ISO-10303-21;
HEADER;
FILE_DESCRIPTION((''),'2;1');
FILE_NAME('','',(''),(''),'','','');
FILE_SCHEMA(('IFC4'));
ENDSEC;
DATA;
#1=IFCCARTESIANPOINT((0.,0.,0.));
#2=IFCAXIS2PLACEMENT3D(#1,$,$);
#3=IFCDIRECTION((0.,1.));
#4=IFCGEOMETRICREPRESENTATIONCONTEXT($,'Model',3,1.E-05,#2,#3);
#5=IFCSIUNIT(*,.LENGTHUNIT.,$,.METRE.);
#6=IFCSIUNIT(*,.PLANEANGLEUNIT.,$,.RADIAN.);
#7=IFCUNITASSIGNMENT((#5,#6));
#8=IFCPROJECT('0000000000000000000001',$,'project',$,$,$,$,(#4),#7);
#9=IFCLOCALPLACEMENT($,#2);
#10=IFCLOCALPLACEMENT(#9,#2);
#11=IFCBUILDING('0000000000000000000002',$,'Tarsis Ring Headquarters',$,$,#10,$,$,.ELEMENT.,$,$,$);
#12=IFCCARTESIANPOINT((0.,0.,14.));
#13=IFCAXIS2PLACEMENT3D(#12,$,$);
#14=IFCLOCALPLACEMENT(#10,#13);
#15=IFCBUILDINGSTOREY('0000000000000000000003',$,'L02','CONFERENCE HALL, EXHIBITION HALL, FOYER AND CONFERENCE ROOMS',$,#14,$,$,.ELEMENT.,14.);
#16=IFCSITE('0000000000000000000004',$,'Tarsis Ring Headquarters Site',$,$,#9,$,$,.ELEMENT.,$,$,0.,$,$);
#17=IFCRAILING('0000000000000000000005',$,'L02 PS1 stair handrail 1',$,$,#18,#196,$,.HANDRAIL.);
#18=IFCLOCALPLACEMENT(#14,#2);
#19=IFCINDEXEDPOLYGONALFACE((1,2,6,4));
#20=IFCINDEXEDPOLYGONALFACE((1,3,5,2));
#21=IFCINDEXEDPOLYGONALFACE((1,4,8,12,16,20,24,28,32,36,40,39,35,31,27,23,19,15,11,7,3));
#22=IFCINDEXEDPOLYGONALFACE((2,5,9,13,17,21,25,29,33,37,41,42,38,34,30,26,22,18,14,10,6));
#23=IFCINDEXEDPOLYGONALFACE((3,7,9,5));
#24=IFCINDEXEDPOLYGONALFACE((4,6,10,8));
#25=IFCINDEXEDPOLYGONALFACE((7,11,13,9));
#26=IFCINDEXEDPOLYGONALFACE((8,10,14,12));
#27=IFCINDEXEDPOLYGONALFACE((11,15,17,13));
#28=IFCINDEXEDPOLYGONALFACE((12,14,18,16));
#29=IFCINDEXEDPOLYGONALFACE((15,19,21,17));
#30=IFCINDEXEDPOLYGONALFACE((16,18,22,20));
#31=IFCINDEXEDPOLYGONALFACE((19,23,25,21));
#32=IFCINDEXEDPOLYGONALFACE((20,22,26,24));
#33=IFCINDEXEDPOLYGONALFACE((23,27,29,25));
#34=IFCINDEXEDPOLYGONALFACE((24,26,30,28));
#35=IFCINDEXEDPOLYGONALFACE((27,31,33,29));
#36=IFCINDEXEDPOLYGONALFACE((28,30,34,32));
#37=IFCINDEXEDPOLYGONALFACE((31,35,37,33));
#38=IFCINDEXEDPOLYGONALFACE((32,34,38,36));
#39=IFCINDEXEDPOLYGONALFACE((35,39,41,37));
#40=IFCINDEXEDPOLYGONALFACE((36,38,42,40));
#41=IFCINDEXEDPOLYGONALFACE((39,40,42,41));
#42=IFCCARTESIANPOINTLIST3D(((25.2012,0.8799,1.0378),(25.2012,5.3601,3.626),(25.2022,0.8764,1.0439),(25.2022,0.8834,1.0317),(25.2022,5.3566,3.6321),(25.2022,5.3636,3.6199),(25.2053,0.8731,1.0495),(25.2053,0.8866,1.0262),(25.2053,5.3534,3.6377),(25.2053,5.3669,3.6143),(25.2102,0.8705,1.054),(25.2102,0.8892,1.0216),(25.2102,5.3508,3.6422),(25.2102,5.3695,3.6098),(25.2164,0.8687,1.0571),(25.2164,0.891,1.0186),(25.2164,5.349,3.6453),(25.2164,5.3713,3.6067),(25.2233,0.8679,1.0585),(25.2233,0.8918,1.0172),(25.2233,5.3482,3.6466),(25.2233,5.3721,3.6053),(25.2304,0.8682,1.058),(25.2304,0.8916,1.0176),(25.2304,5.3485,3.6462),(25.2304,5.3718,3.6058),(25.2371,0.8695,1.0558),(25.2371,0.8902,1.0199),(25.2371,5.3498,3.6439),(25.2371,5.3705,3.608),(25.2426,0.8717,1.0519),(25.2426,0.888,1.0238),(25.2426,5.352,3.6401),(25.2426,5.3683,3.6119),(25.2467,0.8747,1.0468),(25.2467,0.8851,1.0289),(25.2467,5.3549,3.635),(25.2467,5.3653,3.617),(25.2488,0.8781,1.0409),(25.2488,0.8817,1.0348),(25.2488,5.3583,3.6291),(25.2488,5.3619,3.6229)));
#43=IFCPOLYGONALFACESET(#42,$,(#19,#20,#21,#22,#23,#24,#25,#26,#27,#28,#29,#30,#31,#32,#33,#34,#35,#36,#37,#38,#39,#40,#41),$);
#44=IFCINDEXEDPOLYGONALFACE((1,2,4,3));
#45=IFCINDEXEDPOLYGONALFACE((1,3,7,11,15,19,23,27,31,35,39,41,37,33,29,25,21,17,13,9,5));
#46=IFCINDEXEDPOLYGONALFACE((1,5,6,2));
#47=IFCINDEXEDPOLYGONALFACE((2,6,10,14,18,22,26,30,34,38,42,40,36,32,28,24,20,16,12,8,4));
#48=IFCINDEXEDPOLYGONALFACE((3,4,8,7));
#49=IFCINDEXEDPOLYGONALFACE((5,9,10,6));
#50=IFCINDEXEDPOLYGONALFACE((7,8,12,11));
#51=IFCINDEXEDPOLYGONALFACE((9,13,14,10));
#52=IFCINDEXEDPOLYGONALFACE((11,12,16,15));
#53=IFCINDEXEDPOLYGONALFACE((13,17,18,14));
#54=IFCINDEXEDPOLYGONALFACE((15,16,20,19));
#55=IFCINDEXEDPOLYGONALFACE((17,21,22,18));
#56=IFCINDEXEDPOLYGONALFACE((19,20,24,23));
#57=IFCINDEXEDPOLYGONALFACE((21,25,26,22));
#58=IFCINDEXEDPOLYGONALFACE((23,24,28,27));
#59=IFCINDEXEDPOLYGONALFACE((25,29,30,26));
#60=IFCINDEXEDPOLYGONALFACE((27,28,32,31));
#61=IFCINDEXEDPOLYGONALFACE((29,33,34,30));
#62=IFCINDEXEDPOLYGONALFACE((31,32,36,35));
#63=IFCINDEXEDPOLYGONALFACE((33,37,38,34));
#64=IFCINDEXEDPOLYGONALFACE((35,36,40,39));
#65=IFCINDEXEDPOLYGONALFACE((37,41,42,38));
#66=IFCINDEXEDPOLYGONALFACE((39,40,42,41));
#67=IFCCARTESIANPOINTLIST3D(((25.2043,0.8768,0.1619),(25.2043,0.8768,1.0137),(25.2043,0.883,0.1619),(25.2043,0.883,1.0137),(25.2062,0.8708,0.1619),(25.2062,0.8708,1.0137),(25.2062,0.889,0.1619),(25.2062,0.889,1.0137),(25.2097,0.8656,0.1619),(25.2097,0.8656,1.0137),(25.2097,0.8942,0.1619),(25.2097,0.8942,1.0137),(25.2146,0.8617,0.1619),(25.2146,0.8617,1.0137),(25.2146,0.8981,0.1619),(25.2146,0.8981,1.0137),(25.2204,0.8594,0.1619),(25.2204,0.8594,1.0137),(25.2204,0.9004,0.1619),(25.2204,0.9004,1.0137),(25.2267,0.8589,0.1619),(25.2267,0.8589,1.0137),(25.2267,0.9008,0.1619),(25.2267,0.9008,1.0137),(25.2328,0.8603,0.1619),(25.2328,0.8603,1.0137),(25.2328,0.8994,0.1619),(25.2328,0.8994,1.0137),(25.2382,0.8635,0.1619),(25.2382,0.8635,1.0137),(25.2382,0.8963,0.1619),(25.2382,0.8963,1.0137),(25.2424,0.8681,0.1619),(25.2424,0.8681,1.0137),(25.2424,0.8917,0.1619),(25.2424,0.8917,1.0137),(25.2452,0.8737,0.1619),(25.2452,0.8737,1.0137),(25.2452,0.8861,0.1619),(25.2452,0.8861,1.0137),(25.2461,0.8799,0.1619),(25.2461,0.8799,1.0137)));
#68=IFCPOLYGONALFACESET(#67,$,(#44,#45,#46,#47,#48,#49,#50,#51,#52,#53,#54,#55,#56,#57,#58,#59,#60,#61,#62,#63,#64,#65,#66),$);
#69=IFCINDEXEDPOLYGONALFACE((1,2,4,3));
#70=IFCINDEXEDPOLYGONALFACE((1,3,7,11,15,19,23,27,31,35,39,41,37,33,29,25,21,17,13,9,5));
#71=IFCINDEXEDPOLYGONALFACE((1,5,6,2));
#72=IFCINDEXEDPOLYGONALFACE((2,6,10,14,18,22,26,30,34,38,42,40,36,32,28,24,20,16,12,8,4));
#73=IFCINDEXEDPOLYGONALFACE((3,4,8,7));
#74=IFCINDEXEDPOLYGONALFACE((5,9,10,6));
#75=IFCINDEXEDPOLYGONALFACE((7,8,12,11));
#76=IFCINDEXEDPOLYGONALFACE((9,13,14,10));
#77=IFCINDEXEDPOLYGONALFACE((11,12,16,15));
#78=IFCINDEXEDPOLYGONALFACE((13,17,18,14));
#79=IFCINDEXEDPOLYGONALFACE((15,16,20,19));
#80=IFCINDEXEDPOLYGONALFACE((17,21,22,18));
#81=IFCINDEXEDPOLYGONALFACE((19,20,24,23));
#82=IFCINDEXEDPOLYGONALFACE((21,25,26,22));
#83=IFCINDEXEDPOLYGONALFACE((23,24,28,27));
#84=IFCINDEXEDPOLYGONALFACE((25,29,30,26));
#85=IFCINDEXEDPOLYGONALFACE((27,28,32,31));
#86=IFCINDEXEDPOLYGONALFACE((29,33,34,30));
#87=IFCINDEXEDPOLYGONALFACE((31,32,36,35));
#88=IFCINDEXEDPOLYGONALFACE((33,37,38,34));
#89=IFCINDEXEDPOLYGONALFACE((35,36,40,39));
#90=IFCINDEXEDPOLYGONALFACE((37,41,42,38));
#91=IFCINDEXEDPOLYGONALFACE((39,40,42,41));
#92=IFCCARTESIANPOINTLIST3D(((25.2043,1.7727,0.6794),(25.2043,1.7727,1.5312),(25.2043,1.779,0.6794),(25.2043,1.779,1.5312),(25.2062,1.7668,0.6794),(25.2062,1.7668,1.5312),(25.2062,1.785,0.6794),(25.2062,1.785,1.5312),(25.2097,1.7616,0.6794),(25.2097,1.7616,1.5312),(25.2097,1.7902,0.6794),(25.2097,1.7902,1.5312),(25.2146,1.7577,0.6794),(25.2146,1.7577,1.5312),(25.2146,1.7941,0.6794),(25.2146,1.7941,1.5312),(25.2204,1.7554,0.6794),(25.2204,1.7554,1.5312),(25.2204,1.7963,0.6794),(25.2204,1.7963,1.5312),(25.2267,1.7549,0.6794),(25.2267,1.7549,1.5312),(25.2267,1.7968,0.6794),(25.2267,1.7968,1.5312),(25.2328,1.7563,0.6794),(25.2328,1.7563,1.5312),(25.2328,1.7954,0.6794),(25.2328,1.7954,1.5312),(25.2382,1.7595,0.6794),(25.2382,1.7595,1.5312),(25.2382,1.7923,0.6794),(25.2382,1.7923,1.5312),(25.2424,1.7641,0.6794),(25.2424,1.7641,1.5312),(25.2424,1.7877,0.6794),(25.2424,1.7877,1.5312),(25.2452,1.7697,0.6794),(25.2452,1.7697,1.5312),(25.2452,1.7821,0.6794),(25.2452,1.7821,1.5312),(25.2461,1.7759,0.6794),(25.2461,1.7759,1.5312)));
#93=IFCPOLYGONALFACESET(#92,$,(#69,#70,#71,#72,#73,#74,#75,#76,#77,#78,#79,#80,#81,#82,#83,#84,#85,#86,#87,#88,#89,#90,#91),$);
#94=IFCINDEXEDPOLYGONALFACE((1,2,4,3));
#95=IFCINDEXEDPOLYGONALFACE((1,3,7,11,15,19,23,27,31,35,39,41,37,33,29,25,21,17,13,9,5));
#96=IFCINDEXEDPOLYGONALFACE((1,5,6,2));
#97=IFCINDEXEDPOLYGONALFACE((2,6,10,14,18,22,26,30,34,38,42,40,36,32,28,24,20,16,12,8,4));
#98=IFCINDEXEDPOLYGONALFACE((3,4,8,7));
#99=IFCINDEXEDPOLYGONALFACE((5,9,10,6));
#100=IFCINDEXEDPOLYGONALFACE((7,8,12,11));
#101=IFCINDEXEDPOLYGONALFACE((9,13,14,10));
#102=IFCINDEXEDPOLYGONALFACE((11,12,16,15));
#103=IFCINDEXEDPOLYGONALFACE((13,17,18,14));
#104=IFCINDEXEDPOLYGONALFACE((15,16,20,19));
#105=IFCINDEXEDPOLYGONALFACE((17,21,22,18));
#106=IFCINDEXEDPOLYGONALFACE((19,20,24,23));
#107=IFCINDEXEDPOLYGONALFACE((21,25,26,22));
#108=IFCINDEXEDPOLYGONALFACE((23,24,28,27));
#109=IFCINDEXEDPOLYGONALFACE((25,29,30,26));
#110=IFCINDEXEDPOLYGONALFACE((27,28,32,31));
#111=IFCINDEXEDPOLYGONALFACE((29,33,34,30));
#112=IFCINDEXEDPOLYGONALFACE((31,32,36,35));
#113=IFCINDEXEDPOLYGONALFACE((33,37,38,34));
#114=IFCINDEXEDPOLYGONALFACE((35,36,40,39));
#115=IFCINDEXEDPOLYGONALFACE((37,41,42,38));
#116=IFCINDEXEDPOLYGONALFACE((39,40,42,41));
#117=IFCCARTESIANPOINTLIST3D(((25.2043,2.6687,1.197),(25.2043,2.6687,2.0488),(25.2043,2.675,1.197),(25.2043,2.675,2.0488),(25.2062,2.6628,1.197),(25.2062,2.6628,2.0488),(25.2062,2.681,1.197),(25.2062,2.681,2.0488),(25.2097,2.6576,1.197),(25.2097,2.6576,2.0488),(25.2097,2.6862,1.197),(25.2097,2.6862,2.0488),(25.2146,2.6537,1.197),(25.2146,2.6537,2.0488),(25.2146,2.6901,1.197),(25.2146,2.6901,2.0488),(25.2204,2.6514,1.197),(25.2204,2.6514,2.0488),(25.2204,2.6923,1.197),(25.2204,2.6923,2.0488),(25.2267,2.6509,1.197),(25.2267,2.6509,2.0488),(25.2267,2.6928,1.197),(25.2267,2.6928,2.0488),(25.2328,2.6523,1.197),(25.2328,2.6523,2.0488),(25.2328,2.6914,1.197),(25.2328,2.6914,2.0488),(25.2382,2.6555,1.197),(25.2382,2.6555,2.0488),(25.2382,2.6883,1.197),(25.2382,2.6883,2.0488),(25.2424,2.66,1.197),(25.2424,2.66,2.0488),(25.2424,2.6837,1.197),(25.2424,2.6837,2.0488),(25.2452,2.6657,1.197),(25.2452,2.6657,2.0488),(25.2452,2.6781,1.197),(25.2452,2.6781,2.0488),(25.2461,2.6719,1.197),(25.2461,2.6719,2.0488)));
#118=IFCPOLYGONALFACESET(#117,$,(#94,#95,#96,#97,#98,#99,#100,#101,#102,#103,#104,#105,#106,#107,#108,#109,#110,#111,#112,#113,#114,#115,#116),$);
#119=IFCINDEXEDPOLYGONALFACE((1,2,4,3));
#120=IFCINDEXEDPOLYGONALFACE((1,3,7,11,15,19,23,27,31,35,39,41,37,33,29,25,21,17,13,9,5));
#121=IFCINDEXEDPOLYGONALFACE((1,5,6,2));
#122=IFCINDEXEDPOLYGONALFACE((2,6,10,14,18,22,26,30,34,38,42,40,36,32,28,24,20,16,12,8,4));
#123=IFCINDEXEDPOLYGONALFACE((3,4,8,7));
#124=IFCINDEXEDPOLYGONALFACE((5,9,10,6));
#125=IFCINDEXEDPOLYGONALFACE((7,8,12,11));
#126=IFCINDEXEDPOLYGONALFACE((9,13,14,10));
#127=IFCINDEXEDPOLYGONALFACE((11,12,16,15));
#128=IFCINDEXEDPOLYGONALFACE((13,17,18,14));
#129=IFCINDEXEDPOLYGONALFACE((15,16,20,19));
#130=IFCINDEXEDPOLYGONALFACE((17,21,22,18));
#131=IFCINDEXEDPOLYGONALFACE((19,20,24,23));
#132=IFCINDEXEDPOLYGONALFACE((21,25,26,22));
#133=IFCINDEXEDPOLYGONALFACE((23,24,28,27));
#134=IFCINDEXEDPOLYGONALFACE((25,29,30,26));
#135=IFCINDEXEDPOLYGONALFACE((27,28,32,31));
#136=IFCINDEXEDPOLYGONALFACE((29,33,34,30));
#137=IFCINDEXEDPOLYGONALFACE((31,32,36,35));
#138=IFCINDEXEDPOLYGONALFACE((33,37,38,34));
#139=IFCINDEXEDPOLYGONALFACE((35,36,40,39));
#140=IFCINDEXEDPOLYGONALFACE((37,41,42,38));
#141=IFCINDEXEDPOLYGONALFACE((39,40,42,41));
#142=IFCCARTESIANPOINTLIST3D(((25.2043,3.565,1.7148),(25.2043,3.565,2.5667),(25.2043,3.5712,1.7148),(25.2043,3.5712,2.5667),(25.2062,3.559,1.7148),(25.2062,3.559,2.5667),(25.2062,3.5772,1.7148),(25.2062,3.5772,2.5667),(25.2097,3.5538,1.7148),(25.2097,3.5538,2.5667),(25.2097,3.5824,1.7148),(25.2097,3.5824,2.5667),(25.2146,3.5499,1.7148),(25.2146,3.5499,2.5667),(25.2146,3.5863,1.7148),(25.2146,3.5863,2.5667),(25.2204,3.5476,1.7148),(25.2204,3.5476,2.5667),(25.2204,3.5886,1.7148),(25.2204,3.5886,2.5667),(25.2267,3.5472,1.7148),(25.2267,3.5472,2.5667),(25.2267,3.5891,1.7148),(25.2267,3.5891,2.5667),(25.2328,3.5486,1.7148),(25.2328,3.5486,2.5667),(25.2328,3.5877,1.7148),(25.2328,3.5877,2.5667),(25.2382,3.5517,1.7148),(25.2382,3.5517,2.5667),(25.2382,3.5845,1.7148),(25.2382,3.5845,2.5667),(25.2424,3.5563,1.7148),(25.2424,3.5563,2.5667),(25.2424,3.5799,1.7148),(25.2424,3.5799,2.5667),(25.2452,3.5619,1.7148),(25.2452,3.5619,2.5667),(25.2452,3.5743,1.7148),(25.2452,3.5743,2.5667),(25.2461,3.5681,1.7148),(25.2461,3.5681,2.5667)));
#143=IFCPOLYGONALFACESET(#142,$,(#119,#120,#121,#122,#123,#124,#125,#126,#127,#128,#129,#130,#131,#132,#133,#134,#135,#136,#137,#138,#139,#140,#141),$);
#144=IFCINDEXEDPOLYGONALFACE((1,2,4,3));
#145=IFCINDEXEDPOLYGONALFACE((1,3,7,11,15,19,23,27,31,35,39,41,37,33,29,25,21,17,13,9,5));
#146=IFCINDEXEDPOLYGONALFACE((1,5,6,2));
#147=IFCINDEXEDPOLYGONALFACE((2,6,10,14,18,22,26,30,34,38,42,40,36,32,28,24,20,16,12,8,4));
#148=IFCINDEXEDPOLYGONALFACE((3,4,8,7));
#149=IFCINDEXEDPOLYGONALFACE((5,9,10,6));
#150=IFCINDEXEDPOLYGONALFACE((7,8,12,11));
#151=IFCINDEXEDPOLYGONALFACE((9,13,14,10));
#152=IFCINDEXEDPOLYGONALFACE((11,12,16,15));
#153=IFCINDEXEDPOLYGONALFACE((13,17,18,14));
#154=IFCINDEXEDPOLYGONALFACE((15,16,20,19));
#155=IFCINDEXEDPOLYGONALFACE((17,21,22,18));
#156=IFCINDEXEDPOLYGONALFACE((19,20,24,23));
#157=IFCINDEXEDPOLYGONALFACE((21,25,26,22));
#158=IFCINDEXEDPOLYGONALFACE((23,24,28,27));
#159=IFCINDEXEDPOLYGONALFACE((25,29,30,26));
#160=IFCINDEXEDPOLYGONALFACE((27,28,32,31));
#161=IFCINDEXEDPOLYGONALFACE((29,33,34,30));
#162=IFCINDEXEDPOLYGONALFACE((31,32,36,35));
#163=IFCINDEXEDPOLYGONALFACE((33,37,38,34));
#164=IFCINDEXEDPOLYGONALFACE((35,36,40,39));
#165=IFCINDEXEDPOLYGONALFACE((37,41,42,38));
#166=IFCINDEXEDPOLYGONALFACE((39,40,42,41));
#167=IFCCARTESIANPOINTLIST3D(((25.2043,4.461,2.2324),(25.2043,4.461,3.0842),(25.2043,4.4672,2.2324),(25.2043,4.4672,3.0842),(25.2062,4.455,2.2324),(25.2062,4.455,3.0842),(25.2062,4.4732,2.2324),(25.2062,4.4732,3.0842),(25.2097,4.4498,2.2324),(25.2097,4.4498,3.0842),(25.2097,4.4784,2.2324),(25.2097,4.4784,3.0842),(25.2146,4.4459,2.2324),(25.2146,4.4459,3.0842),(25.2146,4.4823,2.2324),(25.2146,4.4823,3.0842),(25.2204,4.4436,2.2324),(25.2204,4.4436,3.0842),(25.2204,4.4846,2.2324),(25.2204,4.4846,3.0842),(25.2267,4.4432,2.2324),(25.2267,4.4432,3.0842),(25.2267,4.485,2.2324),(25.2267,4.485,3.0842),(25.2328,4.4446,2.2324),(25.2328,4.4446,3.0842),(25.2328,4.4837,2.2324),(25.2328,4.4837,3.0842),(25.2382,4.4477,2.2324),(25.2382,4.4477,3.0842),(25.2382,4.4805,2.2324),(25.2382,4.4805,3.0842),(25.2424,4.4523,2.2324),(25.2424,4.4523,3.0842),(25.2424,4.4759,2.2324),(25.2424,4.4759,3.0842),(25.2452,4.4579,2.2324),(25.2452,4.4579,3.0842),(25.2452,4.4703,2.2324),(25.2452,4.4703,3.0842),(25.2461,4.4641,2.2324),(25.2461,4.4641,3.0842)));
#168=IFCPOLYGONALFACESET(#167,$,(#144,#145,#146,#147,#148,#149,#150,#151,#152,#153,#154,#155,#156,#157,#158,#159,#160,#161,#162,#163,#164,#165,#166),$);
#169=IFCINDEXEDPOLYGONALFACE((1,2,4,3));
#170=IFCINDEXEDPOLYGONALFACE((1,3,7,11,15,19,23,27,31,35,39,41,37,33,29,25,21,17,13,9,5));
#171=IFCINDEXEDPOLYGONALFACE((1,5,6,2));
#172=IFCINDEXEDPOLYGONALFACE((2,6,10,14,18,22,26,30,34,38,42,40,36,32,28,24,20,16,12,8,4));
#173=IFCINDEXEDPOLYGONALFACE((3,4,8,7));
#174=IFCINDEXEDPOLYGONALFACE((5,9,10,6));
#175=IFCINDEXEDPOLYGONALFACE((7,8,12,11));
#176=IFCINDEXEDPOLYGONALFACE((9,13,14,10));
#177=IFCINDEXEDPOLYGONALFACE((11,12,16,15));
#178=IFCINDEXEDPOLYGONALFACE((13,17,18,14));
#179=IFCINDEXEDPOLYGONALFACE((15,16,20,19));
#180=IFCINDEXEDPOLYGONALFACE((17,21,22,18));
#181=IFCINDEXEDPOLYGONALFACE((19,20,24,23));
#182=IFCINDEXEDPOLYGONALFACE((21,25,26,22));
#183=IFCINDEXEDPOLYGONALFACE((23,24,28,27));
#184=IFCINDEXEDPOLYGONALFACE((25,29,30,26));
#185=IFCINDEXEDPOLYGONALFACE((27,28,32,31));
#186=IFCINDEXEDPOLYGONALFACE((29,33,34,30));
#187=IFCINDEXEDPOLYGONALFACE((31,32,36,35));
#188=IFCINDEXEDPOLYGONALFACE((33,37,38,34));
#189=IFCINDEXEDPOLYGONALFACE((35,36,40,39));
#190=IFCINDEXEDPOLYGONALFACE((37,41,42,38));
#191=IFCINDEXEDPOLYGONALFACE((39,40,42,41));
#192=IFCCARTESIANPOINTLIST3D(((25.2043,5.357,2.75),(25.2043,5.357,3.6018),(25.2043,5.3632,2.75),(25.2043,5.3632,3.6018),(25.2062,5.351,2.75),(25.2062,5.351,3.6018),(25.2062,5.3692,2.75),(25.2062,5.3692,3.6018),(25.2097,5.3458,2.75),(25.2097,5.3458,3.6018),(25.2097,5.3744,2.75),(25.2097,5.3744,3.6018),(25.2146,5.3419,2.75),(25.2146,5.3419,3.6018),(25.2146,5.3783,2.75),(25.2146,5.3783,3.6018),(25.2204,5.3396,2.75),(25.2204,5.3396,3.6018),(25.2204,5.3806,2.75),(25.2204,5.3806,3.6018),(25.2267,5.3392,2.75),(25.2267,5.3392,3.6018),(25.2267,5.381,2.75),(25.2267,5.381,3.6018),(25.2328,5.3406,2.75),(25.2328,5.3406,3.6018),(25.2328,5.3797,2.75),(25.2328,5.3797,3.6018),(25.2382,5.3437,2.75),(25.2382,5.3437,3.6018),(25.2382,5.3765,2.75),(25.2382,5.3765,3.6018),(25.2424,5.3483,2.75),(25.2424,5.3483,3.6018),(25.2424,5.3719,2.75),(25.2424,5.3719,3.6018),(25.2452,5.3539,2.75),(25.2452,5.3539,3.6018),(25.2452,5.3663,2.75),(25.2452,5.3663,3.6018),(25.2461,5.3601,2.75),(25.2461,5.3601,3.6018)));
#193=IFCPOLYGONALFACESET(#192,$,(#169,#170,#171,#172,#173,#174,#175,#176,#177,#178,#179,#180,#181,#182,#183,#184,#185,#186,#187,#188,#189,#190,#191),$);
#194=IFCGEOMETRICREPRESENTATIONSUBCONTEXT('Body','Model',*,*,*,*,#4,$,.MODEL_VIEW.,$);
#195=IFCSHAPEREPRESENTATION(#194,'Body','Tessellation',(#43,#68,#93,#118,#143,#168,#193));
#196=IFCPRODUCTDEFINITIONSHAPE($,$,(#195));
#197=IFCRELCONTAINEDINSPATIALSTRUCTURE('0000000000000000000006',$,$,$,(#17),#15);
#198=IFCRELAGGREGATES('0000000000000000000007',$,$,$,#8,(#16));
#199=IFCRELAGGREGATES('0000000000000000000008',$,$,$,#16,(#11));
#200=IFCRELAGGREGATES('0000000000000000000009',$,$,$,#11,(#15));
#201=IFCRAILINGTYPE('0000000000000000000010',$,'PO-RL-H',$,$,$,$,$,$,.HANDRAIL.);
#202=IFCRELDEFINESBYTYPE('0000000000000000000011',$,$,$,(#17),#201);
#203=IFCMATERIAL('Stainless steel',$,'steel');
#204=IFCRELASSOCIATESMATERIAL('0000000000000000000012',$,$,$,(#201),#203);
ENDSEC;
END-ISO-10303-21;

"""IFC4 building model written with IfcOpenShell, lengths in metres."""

from ifc_helpers import new_model, si_unit, direction, frame, origin, origin_2d, place, context, subcontext, project, spatial, circle, extrude, material, type_object, element, save


model = new_model("IFC4")

# Units and contexts
model_context = context("Model", 3, precision=1e-05, world=origin(), true_north=direction((0.0, 1.0)))
body_context = subcontext(model_context, "Body", "Model", "MODEL_VIEW")
ifc_project = project(units=[si_unit("LENGTHUNIT", "METRE"), si_unit("PLANEANGLEUNIT", "RADIAN")], contexts=[model_context])

# Site, building, storey
site_placement = place(None, origin())
site = spatial("IfcSite", under=ifc_project, at=site_placement, Name="Tarsis Ring Headquarters Site", CompositionType="ELEMENT", RefElevation=0.0)
building_placement = place(site_placement, origin())
building = spatial("IfcBuilding", under=site, at=building_placement, Name="Tarsis Ring Headquarters", CompositionType="ELEMENT")
storey_placement = place(building_placement, frame((0.0, 0.0, 14.0)))
storey = spatial("IfcBuildingStorey", under=building, at=storey_placement, Name="L02", Description="CONFERENCE HALL, EXHIBITION HALL, FOYER AND CONFERENCE ROOMS", CompositionType="ELEMENT", Elevation=14.0)

# Railing
ifc_material_1 = material(Name="Stainless steel", Category="steel")
railing_type_1 = type_object("IfcRailingType", Name="PO-RL-H", PredefinedType="HANDRAIL", material=ifc_material_1)
railing_1_placement = place(storey_placement, frame((25.2251, 0.8799, 0.1619)))
element("IfcRailing", 1, at=railing_1_placement, inside=storey, type_object=railing_type_1, Name="L02 PS1 stair handrail 1", PredefinedType="HANDRAIL", context=body_context, shape_type="SweptSolid", body=[
    extrude(circle(Radius=0.0239, at=origin_2d()), frame((0.0, 0.0, 0.876), z_axis=(0.0, 0.865902, 0.500214), x_axis=(-1.0, 0.0, 0.0)), (0.0, 0.0, 1.0), 5.1741),
    extrude(circle(Radius=0.021, at=origin_2d()), origin(), (0.0, 0.0, 1.0), 0.8518),
    extrude(circle(Radius=0.021, at=origin_2d()), frame((0.0, 0.896, 0.5176)), (0.0, 0.0, 1.0), 0.8518),
    extrude(circle(Radius=0.021, at=origin_2d()), frame((0.0, 1.792, 1.0352)), (0.0, 0.0, 1.0), 0.8518),
    extrude(circle(Radius=0.021, at=origin_2d()), frame((0.0, 2.6882, 1.553)), (0.0, 0.0, 1.0), 0.8518),
    extrude(circle(Radius=0.021, at=origin_2d()), frame((0.0, 3.5842, 2.0706)), (0.0, 0.0, 1.0), 0.8518),
    extrude(circle(Radius=0.021, at=origin_2d()), frame((0.0, 4.4802, 2.5881)), (0.0, 0.0, 1.0), 0.8518),
])

save(model, "model.ifc")
